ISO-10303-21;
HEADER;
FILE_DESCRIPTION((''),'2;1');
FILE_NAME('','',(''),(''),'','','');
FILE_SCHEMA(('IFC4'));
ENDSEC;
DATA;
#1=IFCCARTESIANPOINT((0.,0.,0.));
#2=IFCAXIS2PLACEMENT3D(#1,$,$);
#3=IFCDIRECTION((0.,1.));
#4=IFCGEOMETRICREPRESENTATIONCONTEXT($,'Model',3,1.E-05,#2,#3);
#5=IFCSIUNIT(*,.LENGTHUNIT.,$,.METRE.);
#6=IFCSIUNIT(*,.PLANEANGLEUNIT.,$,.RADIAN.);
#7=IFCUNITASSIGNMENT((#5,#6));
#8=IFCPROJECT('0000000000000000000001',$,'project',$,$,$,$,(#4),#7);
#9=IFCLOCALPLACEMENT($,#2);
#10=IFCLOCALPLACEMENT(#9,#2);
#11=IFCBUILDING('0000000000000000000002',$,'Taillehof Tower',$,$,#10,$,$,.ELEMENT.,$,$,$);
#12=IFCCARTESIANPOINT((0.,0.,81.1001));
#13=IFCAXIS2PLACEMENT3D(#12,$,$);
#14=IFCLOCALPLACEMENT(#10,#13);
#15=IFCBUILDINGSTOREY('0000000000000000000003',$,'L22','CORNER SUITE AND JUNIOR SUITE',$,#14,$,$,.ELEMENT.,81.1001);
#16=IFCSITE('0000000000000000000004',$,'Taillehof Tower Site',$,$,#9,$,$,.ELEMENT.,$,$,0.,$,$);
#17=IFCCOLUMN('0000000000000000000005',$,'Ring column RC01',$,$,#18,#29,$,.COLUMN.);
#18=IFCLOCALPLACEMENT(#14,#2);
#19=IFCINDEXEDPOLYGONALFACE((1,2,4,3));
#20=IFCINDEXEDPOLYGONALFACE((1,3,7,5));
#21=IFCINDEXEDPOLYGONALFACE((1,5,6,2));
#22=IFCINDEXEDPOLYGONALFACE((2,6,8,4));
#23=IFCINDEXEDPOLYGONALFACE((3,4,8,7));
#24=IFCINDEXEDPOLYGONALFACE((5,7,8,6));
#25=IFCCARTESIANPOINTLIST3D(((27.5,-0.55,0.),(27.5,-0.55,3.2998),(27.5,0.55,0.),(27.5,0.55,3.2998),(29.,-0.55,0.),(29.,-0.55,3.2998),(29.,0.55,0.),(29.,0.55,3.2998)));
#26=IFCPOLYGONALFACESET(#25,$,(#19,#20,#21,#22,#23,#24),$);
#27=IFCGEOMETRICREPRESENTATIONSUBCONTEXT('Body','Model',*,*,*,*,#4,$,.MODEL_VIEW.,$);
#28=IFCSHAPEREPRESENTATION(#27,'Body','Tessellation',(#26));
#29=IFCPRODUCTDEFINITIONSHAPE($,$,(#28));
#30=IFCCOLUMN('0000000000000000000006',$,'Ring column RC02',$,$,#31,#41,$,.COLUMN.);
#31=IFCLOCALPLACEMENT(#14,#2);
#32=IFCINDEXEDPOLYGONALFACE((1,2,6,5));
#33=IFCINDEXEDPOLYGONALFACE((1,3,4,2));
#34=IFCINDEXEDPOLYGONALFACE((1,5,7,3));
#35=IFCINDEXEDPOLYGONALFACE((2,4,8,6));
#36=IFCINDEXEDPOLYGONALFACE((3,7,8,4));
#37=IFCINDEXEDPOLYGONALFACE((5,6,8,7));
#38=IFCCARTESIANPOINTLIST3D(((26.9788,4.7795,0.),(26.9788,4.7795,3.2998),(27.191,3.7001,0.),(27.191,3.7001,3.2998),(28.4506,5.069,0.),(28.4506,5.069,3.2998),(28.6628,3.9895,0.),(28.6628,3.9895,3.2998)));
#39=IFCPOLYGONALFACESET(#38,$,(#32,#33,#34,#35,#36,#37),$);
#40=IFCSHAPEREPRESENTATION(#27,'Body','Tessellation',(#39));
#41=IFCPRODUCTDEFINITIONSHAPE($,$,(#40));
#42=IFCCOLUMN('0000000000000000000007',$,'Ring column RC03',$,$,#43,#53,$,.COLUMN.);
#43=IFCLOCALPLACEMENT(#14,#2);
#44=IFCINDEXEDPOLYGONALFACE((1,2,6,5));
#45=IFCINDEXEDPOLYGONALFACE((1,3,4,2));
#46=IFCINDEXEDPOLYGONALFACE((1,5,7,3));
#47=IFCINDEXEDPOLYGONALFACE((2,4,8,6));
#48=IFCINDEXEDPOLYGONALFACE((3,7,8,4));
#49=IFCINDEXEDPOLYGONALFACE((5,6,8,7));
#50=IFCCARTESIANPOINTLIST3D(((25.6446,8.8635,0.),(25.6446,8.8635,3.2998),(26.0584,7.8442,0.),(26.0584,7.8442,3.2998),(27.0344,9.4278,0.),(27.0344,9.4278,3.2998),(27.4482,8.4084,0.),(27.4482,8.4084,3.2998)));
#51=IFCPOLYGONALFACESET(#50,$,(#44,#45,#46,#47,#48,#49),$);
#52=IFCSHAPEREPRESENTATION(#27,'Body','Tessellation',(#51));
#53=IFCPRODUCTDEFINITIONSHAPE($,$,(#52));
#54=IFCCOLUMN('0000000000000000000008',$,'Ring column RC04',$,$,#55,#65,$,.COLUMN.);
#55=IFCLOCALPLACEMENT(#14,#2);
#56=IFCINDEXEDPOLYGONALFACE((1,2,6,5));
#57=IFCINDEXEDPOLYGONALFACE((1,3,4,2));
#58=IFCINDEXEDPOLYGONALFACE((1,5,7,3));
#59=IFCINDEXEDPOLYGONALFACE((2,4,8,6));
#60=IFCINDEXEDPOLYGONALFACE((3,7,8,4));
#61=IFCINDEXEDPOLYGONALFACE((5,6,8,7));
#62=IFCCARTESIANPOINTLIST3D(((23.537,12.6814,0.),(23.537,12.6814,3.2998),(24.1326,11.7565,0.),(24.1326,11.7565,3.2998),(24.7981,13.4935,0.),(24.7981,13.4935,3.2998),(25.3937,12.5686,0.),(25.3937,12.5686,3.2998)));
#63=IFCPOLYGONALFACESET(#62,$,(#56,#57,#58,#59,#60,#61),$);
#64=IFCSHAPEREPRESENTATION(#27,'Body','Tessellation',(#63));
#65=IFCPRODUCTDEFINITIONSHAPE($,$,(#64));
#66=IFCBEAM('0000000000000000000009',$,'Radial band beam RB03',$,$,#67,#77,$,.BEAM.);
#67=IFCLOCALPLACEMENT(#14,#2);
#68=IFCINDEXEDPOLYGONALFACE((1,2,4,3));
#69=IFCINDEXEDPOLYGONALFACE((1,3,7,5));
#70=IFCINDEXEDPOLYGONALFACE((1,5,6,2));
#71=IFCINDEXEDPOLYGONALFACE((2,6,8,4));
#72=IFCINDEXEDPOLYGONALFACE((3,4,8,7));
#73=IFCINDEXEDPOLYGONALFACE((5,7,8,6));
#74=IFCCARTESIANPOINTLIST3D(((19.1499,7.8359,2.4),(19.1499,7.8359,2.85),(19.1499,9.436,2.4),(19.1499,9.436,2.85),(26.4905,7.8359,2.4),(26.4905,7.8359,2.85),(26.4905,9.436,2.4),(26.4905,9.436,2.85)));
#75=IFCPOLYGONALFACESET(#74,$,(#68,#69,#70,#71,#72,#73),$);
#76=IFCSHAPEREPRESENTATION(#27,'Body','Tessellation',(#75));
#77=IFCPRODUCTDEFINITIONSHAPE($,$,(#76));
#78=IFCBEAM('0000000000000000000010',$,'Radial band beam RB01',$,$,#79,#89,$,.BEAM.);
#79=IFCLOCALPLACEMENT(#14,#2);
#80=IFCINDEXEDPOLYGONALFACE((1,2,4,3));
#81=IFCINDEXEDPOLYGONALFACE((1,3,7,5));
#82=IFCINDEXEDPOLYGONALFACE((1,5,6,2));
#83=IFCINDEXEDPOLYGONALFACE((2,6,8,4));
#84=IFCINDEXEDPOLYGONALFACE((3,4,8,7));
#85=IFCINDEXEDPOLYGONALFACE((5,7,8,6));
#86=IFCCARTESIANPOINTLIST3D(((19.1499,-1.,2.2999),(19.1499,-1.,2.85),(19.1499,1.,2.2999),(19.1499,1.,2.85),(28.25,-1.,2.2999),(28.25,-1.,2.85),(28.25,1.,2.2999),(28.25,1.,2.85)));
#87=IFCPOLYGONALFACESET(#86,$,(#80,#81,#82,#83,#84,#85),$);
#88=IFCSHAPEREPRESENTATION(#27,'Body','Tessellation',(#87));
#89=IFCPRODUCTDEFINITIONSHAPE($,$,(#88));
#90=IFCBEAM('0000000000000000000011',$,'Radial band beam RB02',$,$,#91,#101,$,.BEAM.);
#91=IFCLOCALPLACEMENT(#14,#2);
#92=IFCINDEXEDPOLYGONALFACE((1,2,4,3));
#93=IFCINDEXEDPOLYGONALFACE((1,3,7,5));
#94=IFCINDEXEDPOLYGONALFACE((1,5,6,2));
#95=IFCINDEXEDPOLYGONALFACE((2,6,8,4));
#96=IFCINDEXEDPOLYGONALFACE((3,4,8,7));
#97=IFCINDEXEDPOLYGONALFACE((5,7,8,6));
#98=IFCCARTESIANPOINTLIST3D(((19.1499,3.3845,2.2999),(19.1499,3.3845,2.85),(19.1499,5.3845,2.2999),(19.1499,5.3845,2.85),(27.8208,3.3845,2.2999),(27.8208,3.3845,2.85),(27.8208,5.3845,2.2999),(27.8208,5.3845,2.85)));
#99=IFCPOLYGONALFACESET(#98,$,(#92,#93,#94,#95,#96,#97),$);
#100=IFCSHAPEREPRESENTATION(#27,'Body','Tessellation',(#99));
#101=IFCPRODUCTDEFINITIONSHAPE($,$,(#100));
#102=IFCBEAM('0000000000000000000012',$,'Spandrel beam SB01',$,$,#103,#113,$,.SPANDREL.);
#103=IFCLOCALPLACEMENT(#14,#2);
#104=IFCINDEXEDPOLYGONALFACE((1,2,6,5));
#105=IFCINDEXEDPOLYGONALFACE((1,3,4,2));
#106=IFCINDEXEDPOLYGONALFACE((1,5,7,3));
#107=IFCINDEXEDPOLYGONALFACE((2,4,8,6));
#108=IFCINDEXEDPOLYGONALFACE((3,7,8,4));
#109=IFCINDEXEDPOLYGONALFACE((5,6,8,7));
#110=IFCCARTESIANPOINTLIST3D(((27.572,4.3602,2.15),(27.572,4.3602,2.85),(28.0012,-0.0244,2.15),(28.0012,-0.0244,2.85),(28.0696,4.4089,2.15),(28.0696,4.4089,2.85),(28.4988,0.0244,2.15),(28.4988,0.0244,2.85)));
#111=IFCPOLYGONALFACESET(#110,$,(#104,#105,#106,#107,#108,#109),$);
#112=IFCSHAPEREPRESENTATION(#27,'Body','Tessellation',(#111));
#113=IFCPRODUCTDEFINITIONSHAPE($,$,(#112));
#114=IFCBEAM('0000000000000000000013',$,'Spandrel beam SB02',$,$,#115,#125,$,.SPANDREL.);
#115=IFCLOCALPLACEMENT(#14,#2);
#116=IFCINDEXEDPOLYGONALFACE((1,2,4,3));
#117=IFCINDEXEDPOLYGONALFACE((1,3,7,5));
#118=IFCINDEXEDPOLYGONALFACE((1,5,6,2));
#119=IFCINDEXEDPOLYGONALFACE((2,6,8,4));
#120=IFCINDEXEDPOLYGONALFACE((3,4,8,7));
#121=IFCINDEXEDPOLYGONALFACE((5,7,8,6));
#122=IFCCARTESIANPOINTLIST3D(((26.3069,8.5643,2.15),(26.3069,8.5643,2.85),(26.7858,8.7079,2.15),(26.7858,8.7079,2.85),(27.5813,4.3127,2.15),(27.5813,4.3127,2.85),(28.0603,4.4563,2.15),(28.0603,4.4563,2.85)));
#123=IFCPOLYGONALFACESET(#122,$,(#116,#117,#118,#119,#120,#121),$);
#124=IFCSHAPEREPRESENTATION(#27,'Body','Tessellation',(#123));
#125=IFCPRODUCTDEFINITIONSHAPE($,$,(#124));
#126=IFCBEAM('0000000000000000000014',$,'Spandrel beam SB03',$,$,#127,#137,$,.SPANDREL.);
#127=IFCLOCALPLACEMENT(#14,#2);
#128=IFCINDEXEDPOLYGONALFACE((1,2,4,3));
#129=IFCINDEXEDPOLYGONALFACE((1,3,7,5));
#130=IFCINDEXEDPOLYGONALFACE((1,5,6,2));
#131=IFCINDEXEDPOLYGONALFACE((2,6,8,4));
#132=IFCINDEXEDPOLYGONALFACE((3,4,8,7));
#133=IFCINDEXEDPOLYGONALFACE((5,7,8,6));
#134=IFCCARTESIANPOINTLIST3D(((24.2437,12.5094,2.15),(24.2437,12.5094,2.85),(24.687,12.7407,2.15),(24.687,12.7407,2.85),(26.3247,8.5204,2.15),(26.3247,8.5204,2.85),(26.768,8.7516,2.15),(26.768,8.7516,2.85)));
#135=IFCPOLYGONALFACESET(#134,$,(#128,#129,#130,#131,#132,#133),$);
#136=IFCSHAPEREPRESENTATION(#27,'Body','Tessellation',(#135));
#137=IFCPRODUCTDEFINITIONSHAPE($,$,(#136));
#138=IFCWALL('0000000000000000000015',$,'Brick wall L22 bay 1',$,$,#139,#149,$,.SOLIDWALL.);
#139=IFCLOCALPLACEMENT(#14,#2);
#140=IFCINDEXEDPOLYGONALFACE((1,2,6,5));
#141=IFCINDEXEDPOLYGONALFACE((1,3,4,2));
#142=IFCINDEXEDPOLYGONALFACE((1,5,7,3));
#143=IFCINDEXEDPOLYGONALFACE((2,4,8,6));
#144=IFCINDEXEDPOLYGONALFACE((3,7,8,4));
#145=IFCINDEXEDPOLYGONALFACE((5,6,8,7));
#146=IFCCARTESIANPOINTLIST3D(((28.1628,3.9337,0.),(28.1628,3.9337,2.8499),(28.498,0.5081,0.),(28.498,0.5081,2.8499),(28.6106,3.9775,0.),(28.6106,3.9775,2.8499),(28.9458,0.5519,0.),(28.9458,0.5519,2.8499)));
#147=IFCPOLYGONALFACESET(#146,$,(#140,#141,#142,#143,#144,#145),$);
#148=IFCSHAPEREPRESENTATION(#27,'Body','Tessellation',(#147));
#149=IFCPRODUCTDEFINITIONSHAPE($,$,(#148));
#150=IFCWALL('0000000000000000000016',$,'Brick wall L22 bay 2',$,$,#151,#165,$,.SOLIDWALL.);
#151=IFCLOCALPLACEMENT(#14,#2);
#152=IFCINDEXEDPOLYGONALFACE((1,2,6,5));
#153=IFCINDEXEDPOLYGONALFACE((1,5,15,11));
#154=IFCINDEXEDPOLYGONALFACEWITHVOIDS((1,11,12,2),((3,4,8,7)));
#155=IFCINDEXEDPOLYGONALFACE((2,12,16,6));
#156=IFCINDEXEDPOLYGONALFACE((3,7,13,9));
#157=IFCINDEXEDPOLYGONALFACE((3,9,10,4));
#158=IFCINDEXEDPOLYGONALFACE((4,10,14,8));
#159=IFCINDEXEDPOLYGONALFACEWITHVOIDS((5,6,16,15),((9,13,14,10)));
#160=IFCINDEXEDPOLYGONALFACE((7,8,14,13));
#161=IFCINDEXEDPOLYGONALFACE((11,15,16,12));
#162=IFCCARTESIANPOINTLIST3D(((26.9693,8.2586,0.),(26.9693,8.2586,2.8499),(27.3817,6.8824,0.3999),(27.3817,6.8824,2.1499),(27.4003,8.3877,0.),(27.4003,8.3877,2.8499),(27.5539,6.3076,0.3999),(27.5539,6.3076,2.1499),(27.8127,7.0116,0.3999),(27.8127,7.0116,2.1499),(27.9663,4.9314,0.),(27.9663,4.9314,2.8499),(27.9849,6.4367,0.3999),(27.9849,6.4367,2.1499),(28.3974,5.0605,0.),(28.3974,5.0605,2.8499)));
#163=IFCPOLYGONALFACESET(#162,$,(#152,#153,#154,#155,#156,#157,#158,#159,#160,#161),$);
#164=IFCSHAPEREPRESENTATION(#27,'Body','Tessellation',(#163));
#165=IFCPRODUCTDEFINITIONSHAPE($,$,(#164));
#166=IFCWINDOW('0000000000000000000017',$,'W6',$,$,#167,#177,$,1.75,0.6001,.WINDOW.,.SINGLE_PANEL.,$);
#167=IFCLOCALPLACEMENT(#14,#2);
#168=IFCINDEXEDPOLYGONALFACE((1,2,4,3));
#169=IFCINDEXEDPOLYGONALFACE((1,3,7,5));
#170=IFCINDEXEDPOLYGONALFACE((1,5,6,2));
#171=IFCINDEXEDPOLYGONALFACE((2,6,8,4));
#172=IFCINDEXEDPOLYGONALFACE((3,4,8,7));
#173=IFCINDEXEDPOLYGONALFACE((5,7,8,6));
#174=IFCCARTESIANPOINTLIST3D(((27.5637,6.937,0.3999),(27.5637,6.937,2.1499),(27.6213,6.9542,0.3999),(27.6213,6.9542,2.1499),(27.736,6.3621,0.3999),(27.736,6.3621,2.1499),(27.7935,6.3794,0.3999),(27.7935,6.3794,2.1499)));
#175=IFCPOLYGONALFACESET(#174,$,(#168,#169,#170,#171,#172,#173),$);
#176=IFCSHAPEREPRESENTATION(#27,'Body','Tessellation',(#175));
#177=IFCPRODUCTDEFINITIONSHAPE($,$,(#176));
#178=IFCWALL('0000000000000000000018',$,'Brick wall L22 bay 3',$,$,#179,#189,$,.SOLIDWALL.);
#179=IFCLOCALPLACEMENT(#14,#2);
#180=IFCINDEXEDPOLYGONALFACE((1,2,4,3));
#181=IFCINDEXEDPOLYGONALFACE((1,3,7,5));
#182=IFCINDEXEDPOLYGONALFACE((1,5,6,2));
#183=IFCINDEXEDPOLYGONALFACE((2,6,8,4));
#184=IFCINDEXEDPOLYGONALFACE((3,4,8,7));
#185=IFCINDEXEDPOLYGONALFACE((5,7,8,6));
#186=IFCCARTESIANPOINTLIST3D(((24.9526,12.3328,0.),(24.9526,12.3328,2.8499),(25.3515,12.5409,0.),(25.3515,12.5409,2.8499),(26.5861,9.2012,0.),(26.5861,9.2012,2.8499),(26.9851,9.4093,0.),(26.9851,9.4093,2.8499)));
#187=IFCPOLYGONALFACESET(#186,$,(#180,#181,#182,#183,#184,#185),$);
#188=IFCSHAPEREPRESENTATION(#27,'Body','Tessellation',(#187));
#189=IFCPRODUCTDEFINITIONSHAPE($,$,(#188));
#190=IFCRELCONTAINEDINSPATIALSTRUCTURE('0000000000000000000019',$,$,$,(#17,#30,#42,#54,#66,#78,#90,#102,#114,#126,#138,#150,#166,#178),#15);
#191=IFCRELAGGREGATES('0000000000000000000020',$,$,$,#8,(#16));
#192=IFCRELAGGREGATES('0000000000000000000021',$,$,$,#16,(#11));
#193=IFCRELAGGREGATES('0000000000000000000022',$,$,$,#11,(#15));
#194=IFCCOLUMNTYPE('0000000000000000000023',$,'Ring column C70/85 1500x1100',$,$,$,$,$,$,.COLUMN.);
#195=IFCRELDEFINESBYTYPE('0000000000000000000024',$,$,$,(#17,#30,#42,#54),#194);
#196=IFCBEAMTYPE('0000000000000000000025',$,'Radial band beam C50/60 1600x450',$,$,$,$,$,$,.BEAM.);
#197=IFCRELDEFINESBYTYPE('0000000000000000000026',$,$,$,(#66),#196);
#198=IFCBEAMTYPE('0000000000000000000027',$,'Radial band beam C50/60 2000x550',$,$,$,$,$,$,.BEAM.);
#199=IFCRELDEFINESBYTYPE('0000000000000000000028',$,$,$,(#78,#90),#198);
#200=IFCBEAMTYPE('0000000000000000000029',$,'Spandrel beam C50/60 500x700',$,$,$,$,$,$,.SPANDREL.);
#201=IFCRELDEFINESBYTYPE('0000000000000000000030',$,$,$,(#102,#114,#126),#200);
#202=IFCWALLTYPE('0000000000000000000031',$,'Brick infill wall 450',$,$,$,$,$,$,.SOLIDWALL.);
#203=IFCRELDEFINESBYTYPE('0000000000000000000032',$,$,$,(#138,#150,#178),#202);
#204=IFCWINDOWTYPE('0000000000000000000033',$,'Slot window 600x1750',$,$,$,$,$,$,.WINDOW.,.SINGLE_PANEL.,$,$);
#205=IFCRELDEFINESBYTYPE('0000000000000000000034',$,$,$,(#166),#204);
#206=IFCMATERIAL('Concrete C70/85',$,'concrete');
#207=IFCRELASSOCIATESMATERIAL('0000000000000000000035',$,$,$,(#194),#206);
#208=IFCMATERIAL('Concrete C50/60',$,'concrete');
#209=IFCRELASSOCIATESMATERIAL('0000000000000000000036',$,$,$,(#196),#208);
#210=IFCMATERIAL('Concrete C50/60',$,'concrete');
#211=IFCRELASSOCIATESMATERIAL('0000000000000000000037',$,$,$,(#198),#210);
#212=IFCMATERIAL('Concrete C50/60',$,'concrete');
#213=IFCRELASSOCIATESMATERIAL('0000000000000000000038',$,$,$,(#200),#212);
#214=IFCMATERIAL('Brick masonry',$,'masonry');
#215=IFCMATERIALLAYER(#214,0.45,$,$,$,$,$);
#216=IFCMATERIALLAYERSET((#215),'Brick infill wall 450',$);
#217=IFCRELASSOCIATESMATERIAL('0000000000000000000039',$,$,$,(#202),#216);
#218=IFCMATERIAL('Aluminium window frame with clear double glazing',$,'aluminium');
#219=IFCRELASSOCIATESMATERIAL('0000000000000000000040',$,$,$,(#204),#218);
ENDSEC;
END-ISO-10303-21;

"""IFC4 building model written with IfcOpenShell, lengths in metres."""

from ifc_helpers import new_model, si_unit, direction, frame, frame_2d, origin, origin_2d, place, context, subcontext, project, spatial, rectangle, extrude, material, layer, layer_set, material_profile, profile_set, type_object, element, fill, save


model = new_model("IFC4")

# Units and contexts
model_context = context("Model", 3, precision=1e-05, world=origin(), true_north=direction((0.0, 1.0)))
body_context = subcontext(model_context, "Body", "Model", "MODEL_VIEW")
ifc_project = project(units=[si_unit("LENGTHUNIT", "METRE"), si_unit("PLANEANGLEUNIT", "RADIAN")], contexts=[model_context])

# Site, building, storey
site_placement = place(None, origin())
site = spatial("IfcSite", under=ifc_project, at=site_placement, Name="Taillehof Tower Site", CompositionType="ELEMENT", RefElevation=0.0)
building_placement = place(site_placement, origin())
building = spatial("IfcBuilding", under=site, at=building_placement, Name="Taillehof Tower", CompositionType="ELEMENT")
storey_placement = place(building_placement, frame((0.0, 0.0, 81.1001)))
storey = spatial("IfcBuildingStorey", under=building, at=storey_placement, Name="L22", Description="CORNER SUITE AND JUNIOR SUITE", CompositionType="ELEMENT", Elevation=81.1001)

# Columns
ifc_material_1 = material(Name="Concrete C70/85", Category="concrete")
ifc_material_profile_1 = material_profile(ifc_material_1, rectangle(XDim=1.5, YDim=1.1001, at=origin_2d()), Name="RC 1500x1100")
ifc_profile_set_1 = profile_set([ifc_material_profile_1], Name="Concrete C70/85")
column_type = type_object("IfcColumnType", Name="Ring column C70/85 1500x1100", PredefinedType="COLUMN", material=ifc_profile_set_1)
for number, where, z_axis, x_axis, name in (
    (1, (28.25, 0.0, 0.0), (0.0, 0.0, 1.0), (1.0, 0.0, 0.0), "Ring column RC01"),
    (2, (27.8208, 4.3845, 0.0), (0.0, 0.0, 1.0), (0.981204, 0.192976, 0.0), "Ring column RC02"),
    (3, (26.5464, 8.636, 0.0), (0.0, 0.0, 1.0), (0.926558, 0.376152, 0.0), "Ring column RC03"),
    (4, (24.4653, 12.625, 0.0), (0.0, 0.0, 1.0), (0.840754, 0.541418, 0.0), "Ring column RC04"),
):
    element("IfcColumn", number, at=place(storey_placement, frame(where, z_axis=z_axis, x_axis=x_axis)), inside=storey, type_object=column_type, Name=name, PredefinedType="COLUMN", context=body_context, shape_type="SweptSolid", body=[
        extrude(rectangle(XDim=1.5, YDim=1.1001, at=origin_2d()), origin(), (0.0, 0.0, 1.0), 3.2998),
    ])

# Beams
ifc_material_2 = material(Name="Concrete C50/60", Category="concrete")
ifc_material_profile_2 = material_profile(ifc_material_2, rectangle(XDim=1.6001, YDim=0.45, at=origin_2d()), Name="RC 1600x450")
ifc_profile_set_2 = profile_set([ifc_material_profile_2], Name="Concrete C50/60")
beam_type_1 = type_object("IfcBeamType", Name="Radial band beam C50/60 1600x450", PredefinedType="BEAM", material=ifc_profile_set_2)
beam_1_placement = place(storey_placement, frame((26.4905, 8.636, 2.625), z_axis=(-1.0, 0.0, 0.0), x_axis=(0.0, -1.0, 0.0)))
element("IfcBeam", 5, at=beam_1_placement, inside=storey, type_object=beam_type_1, Name="Radial band beam RB03", PredefinedType="BEAM", context=body_context, shape_type="SweptSolid", body=[
    extrude(rectangle(XDim=1.6001, YDim=0.45, at=origin_2d()), origin(), (0.0, 0.0, 1.0), 7.3406),
])
ifc_material_3 = material(Name="Concrete C50/60", Category="concrete")
ifc_material_profile_3 = material_profile(ifc_material_3, rectangle(XDim=2.0, YDim=0.55, at=origin_2d()), Name="RC 2000x550")
ifc_profile_set_3 = profile_set([ifc_material_profile_3], Name="Concrete C50/60")
beam_type_2 = type_object("IfcBeamType", Name="Radial band beam C50/60 2000x550", PredefinedType="BEAM", material=ifc_profile_set_3)
beam_2_placement = place(storey_placement, frame((28.25, 0.0, 2.575), z_axis=(-1.0, 0.0, 0.0), x_axis=(0.0, -1.0, 0.0)))
element("IfcBeam", 6, at=beam_2_placement, inside=storey, type_object=beam_type_2, Name="Radial band beam RB01", PredefinedType="BEAM", context=body_context, shape_type="SweptSolid", body=[
    extrude(rectangle(XDim=2.0, YDim=0.55, at=origin_2d()), origin(), (0.0, 0.0, 1.0), 9.1001),
])
beam_3_placement = place(storey_placement, frame((27.8208, 4.3845, 2.575), z_axis=(-1.0, 0.0, 0.0), x_axis=(0.0, -1.0, 0.0)))
element("IfcBeam", 7, at=beam_3_placement, inside=storey, type_object=beam_type_2, Name="Radial band beam RB02", PredefinedType="BEAM", context=body_context, shape_type="SweptSolid", body=[
    extrude(rectangle(XDim=2.0, YDim=0.55, at=origin_2d()), origin(), (0.0, 0.0, 1.0), 8.6709),
])
ifc_material_4 = material(Name="Concrete C50/60", Category="concrete")
ifc_material_profile_4 = material_profile(ifc_material_4, rectangle(XDim=0.5, YDim=0.7, at=origin_2d()), Name="RC 500x700")
ifc_profile_set_4 = profile_set([ifc_material_profile_4], Name="Concrete C50/60")
beam_type_3 = type_object("IfcBeamType", Name="Spandrel beam C50/60 500x700", PredefinedType="SPANDREL", material=ifc_profile_set_4)
beam_4_placement = place(storey_placement, frame((28.25, 0.0, 2.5), z_axis=(-0.097424, 0.995243, 0.0), x_axis=(-0.995243, -0.097424, 0.0)))
element("IfcBeam", 8, at=beam_4_placement, inside=storey, type_object=beam_type_3, Name="Spandrel beam SB01", PredefinedType="SPANDREL", context=body_context, shape_type="SweptSolid", body=[
    extrude(rectangle(XDim=0.5, YDim=0.7, at=origin_2d()), origin(), (0.0, 0.0, 1.0), 4.4055),
])
beam_5_placement = place(storey_placement, frame((27.8208, 4.3845, 2.5), z_axis=(-0.287136, 0.95789, 0.0), x_axis=(-0.95789, -0.287136, 0.0)))
element("IfcBeam", 9, at=beam_5_placement, inside=storey, type_object=beam_type_3, Name="Spandrel beam SB02", PredefinedType="SPANDREL", context=body_context, shape_type="SweptSolid", body=[
    extrude(rectangle(XDim=0.5, YDim=0.7, at=origin_2d()), origin(), (0.0, 0.0, 1.0), 4.4385),
])
beam_6_placement = place(storey_placement, frame((26.5464, 8.636, 2.5), z_axis=(-0.462536, 0.8866, 0.0), x_axis=(-0.8866, -0.462536, 0.0)))
element("IfcBeam", 10, at=beam_6_placement, inside=storey, type_object=beam_type_3, Name="Spandrel beam SB03", PredefinedType="SPANDREL", context=body_context, shape_type="SweptSolid", body=[
    extrude(rectangle(XDim=0.5, YDim=0.7, at=origin_2d()), origin(), (0.0, 0.0, 1.0), 4.4993),
])

# Wall
ifc_material_5 = material(Name="Brick masonry", Category="masonry")
ifc_layer_1 = layer(ifc_material_5, 0.45)
ifc_layer_set_1 = layer_set([ifc_layer_1], Name="Brick infill wall 450")
wall_type_1 = type_object("IfcWallType", Name="Brick infill wall 450", PredefinedType="SOLIDWALL", material=ifc_layer_set_1)
wall_1_placement = place(storey_placement, frame((28.7219, 0.53, 0.0), z_axis=(0.0, 0.0, 1.0), x_axis=(-0.09739, 0.995246, 0.0)))
element("IfcWall", 11, at=wall_1_placement, inside=storey, type_object=wall_type_1, Name="Brick wall L22 bay 1", PredefinedType="SOLIDWALL", context=body_context, shape_type="SweptSolid", body=[
    extrude(rectangle(XDim=3.4419, YDim=0.45, at=frame_2d((1.7209, 0.0))), origin(), (0.0, 0.0, 1.0), 2.8499),
])

# Wall, opening, window
wall_2_placement = place(storey_placement, frame((28.1819, 4.9958, 0.0), z_axis=(0.0, 0.0, 1.0), x_axis=(-0.287064, 0.957911, 0.0)))
wall_2 = element("IfcWall", 12, at=wall_2_placement, inside=storey, type_object=wall_type_1, Name="Brick wall L22 bay 2", PredefinedType="SOLIDWALL", context=body_context, shape_type="SweptSolid", body=[
    extrude(rectangle(XDim=3.4734, YDim=0.45, at=frame_2d((1.7368, 0.0))), origin(), (0.0, 0.0, 1.0), 2.8499),
])
opening_1_placement = place(wall_2_placement, frame((1.4368, 0.0, 0.3999)))
opening_1 = element("IfcOpeningElement", 13, at=opening_1_placement, cuts=wall_2, PredefinedType="OPENING", context=body_context, shape_type="SweptSolid", body=[
    extrude(rectangle(XDim=0.6001, YDim=1.75, at=frame_2d((0.3, 0.875))), frame((0.0, 0.2349, 0.0), z_axis=(0.0, -1.0, 0.0), x_axis=(1.0, 0.0, 0.0)), (0.0, 0.0, 1.0), 0.47),
])
ifc_material_6 = material(Name="Aluminium window frame with clear double glazing", Category="aluminium")
window_type = type_object("IfcWindowType", Name="Slot window 600x1750", PartitioningType="SINGLE_PANEL", PredefinedType="WINDOW", material=ifc_material_6)
window_placement = place(opening_1_placement, origin())
window = element("IfcWindow", 14, at=window_placement, inside=storey, type_object=window_type, Name="W6", OverallHeight=1.75, OverallWidth=0.6001, PartitioningType="SINGLE_PANEL", PredefinedType="WINDOW", context=body_context, shape_type="SweptSolid", body=[
    extrude(rectangle(XDim=0.6001, YDim=1.75, at=frame_2d((0.3, 0.875))), frame((0.0, 0.0349, 0.0), z_axis=(0.0, -1.0, 0.0), x_axis=(1.0, 0.0, 0.0)), (0.0, 0.0, 1.0), 0.0601),
])
fill(opening_1, window)

# Wall
wall_3_placement = place(storey_placement, frame((26.7856, 9.3052, 0.0), z_axis=(0.0, 0.0, 1.0), x_axis=(-0.462493, 0.886623, 0.0)))
element("IfcWall", 15, at=wall_3_placement, inside=storey, type_object=wall_type_1, Name="Brick wall L22 bay 3", PredefinedType="SOLIDWALL", context=body_context, shape_type="SweptSolid", body=[
    extrude(rectangle(XDim=3.532, YDim=0.45, at=frame_2d((1.7661, 0.0))), origin(), (0.0, 0.0, 1.0), 2.8499),
])

save(model, "model.ifc")
